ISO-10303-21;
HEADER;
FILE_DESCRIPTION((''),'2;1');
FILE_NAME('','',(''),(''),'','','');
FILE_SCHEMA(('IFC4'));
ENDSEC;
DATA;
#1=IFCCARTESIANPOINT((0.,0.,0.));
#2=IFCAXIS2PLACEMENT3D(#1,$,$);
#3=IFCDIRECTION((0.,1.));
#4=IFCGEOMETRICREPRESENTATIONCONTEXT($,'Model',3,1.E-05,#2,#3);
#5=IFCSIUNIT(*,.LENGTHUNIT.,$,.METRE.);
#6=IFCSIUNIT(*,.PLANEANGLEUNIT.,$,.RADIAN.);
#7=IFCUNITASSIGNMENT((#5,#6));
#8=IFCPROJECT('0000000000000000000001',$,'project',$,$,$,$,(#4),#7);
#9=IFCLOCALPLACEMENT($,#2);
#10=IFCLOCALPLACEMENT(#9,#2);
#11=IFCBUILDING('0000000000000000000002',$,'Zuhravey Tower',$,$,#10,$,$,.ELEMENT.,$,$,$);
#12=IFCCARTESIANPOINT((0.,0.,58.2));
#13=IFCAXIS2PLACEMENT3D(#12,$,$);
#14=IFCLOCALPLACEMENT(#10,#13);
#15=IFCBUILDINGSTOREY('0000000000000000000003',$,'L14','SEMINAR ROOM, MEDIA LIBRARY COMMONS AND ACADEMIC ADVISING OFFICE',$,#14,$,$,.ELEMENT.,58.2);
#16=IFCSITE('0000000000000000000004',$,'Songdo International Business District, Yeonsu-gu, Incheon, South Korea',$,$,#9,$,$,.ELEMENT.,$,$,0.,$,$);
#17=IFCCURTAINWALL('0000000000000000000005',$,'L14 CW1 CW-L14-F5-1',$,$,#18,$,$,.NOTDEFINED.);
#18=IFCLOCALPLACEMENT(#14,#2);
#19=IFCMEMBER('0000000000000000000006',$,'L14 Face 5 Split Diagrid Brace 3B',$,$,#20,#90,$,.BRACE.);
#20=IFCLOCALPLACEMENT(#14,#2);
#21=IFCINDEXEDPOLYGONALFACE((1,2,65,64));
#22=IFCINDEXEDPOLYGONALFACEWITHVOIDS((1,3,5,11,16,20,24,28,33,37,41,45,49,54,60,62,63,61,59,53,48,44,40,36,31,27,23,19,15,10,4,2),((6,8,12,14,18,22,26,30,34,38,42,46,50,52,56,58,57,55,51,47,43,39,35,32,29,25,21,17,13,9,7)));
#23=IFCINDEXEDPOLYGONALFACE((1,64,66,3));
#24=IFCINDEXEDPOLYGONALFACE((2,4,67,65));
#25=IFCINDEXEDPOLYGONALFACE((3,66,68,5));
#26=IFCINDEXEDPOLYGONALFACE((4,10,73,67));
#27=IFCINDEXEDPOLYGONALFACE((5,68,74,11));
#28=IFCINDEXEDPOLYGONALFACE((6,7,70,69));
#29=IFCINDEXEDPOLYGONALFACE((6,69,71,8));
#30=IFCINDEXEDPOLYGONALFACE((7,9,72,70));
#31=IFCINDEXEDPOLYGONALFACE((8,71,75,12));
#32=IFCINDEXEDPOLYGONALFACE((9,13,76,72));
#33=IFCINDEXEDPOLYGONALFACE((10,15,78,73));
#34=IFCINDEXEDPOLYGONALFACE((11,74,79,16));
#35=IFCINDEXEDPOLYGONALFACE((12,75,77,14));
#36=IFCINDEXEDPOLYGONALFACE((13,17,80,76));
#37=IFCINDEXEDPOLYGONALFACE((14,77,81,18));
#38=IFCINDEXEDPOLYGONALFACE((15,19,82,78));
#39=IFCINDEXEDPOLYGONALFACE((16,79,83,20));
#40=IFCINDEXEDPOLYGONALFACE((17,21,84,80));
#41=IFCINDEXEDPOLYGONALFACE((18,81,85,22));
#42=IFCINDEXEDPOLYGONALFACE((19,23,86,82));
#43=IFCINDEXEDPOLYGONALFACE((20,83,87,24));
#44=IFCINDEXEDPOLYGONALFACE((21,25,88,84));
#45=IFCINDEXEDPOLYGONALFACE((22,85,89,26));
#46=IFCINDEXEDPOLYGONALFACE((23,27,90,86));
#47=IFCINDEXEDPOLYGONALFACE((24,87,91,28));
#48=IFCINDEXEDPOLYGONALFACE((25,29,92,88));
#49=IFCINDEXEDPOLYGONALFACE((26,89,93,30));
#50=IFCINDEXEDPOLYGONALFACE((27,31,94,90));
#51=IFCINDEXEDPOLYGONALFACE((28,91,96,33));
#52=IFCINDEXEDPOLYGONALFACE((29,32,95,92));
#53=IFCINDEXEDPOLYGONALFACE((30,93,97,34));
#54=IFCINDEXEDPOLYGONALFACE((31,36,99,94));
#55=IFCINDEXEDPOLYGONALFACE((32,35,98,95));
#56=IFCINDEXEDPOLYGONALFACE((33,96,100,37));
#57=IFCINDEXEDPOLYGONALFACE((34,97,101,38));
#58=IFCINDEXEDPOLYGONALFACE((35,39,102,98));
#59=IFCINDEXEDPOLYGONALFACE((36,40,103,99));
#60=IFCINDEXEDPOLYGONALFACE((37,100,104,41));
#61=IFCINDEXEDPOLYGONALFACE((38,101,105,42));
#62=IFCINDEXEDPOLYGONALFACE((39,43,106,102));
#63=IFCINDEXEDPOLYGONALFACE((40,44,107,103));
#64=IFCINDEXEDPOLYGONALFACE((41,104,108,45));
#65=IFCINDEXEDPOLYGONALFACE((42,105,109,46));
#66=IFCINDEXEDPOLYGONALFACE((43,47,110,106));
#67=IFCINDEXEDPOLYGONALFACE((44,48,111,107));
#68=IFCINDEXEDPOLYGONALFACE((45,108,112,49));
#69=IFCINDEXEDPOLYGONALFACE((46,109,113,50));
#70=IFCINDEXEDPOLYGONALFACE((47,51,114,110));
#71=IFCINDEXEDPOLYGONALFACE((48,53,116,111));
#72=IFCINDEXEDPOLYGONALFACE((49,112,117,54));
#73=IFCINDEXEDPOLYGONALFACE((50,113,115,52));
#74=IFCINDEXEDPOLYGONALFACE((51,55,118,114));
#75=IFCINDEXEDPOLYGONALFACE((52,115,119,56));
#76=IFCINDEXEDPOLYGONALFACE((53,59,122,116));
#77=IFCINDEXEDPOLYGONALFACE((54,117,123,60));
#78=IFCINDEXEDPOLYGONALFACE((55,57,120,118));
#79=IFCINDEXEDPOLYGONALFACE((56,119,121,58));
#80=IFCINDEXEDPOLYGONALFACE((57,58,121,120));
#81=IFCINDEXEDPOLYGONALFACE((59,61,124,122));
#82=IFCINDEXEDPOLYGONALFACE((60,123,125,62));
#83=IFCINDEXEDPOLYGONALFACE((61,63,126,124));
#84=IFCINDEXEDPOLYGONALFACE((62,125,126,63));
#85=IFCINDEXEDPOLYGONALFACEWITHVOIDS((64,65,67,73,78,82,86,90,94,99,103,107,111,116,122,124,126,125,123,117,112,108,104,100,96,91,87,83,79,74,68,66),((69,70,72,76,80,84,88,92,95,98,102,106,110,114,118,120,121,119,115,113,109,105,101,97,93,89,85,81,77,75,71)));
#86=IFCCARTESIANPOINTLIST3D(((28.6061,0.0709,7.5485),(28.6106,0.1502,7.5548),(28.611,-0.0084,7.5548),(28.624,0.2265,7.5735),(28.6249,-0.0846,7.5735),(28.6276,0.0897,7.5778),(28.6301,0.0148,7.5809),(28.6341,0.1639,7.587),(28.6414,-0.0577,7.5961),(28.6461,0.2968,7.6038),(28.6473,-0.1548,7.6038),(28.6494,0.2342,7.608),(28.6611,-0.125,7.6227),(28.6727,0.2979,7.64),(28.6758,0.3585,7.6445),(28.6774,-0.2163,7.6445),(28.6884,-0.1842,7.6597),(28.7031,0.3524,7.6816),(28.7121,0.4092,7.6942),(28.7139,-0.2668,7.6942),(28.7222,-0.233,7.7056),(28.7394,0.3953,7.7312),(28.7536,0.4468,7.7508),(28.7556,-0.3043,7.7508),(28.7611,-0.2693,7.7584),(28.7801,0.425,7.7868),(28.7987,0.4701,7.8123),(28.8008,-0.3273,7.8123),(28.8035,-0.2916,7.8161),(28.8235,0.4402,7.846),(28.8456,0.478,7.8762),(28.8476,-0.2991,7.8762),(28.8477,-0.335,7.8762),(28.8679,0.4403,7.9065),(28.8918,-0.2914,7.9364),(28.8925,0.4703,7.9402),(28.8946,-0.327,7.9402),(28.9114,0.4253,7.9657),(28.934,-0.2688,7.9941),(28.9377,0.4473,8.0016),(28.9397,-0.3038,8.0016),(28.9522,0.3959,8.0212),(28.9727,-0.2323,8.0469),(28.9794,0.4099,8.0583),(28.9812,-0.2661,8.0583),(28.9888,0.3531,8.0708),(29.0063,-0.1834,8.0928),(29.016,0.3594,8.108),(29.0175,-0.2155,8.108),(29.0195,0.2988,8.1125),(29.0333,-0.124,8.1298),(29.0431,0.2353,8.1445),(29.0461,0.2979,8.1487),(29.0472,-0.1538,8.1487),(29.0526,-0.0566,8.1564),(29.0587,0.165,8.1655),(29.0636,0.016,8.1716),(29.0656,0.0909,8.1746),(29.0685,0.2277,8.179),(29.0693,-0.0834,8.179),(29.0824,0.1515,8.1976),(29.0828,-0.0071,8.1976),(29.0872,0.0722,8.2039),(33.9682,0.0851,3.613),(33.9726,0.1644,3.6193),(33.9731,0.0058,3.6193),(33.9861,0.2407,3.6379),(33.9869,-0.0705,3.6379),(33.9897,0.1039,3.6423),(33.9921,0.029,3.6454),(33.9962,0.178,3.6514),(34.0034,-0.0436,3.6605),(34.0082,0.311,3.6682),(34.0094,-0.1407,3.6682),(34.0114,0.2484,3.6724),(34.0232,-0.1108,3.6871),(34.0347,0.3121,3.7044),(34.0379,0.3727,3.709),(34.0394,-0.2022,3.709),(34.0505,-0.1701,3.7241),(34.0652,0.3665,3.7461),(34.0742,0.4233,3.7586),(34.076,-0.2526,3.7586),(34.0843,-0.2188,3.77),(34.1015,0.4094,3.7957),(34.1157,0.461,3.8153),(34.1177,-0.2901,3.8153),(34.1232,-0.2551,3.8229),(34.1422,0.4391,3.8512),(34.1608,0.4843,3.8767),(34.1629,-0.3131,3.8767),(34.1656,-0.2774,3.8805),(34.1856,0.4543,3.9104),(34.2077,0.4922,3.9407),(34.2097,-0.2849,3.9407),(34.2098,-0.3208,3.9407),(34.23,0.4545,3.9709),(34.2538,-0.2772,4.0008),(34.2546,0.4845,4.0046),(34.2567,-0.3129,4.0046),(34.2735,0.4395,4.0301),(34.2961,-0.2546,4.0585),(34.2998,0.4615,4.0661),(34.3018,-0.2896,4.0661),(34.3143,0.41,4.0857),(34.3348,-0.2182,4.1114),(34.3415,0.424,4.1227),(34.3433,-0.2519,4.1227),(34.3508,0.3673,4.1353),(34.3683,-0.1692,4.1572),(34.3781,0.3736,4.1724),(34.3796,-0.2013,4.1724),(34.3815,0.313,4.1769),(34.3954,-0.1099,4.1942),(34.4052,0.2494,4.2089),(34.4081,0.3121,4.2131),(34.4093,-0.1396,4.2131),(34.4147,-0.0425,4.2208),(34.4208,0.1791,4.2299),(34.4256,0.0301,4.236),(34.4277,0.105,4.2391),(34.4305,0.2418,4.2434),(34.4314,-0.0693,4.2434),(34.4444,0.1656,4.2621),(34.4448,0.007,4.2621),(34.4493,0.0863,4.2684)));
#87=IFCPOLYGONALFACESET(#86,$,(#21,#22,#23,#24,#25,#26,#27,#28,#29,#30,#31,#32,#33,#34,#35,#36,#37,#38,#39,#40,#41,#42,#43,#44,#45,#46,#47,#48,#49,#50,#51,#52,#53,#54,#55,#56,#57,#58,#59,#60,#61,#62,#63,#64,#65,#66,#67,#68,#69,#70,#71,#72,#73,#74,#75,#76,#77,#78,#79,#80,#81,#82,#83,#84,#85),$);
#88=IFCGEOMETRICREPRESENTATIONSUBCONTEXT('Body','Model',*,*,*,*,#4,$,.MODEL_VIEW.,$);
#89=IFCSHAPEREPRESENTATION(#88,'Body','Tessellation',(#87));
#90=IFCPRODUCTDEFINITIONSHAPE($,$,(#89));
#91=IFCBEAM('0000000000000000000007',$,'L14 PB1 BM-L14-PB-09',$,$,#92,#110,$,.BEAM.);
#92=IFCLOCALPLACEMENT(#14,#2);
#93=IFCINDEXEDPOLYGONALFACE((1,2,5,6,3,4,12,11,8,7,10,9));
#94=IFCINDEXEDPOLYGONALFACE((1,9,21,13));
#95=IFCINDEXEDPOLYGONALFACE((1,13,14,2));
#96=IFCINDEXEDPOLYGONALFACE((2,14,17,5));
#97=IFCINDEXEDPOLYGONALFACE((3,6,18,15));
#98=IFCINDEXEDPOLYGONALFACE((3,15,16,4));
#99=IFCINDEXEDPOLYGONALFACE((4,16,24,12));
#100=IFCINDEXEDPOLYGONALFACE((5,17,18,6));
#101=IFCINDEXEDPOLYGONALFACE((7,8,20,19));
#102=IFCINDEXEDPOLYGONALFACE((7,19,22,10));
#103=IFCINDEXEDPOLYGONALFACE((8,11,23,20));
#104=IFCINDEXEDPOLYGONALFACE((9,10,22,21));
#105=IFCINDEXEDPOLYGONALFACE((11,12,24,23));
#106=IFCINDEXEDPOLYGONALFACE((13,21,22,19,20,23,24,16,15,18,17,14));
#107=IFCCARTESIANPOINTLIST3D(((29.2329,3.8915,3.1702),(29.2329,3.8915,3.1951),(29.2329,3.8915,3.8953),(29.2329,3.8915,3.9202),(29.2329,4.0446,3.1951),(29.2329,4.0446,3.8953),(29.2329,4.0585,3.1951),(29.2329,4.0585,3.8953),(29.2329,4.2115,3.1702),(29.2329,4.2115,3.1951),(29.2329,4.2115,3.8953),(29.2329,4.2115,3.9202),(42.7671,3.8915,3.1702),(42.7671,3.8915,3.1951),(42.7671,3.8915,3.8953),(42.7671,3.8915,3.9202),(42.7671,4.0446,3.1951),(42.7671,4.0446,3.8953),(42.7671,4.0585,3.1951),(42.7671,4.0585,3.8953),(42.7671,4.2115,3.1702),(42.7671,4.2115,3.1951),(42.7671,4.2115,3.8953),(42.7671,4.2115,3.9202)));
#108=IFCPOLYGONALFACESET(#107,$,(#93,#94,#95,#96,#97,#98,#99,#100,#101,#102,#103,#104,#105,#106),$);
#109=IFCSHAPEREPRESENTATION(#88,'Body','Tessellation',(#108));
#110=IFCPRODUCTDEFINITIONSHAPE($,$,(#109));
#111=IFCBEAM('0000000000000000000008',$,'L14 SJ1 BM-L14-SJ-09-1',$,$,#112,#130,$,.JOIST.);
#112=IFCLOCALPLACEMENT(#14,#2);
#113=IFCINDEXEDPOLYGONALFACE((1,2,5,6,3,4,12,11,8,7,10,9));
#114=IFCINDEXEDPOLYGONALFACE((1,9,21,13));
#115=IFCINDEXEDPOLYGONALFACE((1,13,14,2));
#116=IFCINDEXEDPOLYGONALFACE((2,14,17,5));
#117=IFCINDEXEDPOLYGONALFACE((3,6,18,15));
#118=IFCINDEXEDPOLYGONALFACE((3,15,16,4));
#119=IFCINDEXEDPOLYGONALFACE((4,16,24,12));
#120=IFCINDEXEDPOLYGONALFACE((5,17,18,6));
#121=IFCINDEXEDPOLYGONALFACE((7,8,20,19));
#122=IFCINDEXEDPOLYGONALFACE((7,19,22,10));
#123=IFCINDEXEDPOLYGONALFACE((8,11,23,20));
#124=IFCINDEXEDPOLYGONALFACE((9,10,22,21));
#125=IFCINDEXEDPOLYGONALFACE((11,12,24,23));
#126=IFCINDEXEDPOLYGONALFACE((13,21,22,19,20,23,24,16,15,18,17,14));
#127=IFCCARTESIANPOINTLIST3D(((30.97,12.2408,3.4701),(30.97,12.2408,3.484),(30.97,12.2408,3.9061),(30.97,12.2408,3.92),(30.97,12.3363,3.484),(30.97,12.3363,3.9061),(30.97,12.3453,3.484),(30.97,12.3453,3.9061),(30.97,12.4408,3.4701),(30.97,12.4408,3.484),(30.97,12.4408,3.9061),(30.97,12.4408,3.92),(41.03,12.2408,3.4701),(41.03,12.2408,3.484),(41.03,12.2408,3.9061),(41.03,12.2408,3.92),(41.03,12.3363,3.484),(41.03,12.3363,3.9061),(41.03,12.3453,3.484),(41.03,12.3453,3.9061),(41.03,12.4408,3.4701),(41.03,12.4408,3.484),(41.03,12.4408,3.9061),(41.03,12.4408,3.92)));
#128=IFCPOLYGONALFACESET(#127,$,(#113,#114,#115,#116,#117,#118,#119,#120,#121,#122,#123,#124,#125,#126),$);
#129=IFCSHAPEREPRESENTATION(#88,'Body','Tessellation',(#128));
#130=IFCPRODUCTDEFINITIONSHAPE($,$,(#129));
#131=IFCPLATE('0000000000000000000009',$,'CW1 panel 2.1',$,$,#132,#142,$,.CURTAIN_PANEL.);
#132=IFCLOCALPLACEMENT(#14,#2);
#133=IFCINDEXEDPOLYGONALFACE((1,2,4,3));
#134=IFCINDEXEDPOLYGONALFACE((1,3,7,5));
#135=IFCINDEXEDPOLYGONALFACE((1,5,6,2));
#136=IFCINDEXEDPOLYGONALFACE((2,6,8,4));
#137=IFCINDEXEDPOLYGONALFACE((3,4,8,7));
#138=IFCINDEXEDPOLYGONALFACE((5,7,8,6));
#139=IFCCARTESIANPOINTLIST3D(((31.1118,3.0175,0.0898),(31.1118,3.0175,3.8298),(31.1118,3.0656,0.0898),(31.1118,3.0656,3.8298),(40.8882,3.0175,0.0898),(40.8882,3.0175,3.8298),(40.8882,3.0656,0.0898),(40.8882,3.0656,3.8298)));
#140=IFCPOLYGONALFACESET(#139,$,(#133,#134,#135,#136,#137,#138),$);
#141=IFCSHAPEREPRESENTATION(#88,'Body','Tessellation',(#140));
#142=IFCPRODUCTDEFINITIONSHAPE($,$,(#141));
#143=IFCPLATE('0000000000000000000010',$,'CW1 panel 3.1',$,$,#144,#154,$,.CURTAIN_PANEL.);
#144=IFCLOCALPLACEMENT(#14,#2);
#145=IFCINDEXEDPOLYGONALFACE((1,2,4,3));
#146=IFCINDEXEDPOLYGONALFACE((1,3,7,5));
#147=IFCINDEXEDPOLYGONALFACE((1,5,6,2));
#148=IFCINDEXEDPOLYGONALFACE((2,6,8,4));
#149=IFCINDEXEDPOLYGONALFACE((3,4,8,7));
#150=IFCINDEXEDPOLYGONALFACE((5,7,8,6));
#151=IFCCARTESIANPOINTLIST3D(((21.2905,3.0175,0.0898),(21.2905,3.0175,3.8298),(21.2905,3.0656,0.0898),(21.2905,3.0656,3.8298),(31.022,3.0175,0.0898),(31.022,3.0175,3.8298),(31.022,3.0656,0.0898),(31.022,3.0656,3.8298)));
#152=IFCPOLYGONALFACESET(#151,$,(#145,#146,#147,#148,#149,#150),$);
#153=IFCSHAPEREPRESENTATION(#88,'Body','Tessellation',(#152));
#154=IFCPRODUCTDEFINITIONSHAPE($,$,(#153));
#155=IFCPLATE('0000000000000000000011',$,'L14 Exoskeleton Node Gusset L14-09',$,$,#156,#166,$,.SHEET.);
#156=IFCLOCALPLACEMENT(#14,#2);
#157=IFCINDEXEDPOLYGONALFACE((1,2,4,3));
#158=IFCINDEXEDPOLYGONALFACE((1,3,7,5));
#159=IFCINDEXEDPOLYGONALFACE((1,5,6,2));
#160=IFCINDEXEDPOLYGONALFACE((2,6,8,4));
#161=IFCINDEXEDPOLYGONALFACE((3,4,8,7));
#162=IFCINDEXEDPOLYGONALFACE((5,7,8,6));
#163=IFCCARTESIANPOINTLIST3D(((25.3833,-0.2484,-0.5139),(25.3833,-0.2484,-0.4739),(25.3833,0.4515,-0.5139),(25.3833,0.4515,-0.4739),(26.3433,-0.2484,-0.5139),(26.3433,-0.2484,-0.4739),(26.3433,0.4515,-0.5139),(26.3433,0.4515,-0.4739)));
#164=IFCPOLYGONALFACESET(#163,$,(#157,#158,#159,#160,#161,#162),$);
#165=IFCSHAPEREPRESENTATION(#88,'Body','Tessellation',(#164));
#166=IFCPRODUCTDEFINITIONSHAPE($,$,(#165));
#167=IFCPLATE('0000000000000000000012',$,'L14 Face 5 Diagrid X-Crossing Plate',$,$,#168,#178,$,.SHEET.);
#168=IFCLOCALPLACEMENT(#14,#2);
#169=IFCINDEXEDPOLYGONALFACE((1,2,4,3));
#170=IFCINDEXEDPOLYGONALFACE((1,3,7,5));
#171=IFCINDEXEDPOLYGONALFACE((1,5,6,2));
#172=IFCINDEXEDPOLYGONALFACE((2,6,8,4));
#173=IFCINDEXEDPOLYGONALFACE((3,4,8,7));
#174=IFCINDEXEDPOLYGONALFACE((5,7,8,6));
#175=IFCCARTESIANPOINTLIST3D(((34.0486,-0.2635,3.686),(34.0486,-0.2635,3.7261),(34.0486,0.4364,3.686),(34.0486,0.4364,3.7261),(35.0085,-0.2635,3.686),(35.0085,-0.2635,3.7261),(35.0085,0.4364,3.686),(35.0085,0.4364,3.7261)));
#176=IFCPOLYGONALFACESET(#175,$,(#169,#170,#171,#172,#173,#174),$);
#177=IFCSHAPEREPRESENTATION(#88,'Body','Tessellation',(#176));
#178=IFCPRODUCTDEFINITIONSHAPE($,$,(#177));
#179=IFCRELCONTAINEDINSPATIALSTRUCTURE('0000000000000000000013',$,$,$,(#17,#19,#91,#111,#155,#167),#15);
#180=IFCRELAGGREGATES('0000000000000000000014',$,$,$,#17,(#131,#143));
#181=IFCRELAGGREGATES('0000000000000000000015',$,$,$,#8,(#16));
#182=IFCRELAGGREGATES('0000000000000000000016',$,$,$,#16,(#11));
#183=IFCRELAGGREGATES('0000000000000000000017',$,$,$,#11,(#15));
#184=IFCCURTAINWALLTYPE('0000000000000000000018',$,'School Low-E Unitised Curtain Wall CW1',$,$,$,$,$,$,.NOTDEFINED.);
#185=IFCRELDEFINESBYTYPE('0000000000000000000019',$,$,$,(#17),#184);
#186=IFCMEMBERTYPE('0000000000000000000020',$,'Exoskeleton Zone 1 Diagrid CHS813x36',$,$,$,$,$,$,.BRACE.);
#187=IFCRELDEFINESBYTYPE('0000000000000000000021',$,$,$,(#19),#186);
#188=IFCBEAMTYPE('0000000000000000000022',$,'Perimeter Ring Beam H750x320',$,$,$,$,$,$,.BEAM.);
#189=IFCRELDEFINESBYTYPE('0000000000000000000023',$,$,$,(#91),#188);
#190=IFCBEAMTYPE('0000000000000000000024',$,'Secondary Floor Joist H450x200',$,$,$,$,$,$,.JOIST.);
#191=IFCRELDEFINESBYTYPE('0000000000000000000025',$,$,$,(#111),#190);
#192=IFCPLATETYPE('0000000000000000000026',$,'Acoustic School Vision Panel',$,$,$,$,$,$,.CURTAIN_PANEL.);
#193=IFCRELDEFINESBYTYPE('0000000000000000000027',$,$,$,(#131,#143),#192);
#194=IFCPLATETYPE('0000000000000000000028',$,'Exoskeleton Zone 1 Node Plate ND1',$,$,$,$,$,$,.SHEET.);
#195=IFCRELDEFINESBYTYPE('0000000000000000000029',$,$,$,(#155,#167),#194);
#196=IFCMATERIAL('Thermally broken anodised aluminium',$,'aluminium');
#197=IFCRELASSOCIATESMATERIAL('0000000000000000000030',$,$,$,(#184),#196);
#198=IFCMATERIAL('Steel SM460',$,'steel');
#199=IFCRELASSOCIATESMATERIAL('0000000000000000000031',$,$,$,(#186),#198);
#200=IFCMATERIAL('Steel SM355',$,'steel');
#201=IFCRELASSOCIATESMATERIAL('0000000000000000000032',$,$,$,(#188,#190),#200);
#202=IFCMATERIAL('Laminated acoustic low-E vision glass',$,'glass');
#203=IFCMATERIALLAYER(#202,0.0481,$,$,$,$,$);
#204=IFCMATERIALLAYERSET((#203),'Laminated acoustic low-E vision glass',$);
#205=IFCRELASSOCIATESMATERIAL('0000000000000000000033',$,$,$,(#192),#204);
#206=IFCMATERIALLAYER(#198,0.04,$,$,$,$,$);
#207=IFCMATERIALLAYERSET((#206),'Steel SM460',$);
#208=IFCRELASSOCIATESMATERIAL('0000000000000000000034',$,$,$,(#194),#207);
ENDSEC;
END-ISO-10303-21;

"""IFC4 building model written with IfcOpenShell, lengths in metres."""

from ifc_helpers import new_model, si_unit, direction, frame, origin, origin_2d, place, context, subcontext, project, spatial, rectangle, hollow_circle, i_section, extrude, material, layer, layer_set, material_profile, profile_set, type_object, element, aggregate, save


model = new_model("IFC4")

# Units and contexts
model_context = context("Model", 3, precision=1e-05, world=origin(), true_north=direction((0.0, 1.0)))
body_context = subcontext(model_context, "Body", "Model", "MODEL_VIEW")
ifc_project = project(units=[si_unit("LENGTHUNIT", "METRE"), si_unit("PLANEANGLEUNIT", "RADIAN")], contexts=[model_context])

# Site, building, storey
site_placement = place(None, origin())
site = spatial("IfcSite", under=ifc_project, at=site_placement, Name="Songdo International Business District, Yeonsu-gu, Incheon, South Korea", CompositionType="ELEMENT", RefElevation=0.0)
building_placement = place(site_placement, origin())
building = spatial("IfcBuilding", under=site, at=building_placement, Name="Zuhravey Tower", CompositionType="ELEMENT")
storey_placement = place(building_placement, frame((0.0, 0.0, 58.2)))
storey = spatial("IfcBuildingStorey", under=building, at=storey_placement, Name="L14", Description="SEMINAR ROOM, MEDIA LIBRARY COMMONS AND ACADEMIC ADVISING OFFICE", CompositionType="ELEMENT", Elevation=58.2)

# Curtain wall
ifc_material_1 = material(Name="Thermally broken anodised aluminium", Category="aluminium")
curtain_wall_type = type_object("IfcCurtainWallType", Name="School Low-E Unitised Curtain Wall CW1", PredefinedType="NOTDEFINED", material=ifc_material_1)
curtain_wall_placement = place(storey_placement, origin())
curtain_wall = element("IfcCurtainWall", 1, at=curtain_wall_placement, inside=storey, type_object=curtain_wall_type, Name="L14 CW1 CW-L14-F5-1", PredefinedType="NOTDEFINED")

# Member
ifc_material_2 = material(Name="Steel SM355", Category="steel")
ifc_material_3 = material(Name="Steel SM460", Category="steel")
ifc_material_profile_1 = material_profile(ifc_material_3, hollow_circle(Radius=0.4065, WallThickness=0.0359, at=origin_2d()), Name="CHS-812.8x36")
ifc_profile_set_1 = profile_set([ifc_material_profile_1], Name="Steel SM460")
member_type_1 = type_object("IfcMemberType", Name="Exoskeleton Zone 1 Diagrid CHS813x36", PredefinedType="BRACE", material=ifc_profile_set_1)
member_1_placement = place(storey_placement, frame((34.2087, 0.0857, 3.9407), z_axis=(-0.806162, -0.002129, 0.591692), x_axis=(0.002641, -0.999997, 0.0)))
element("IfcMember", 2, at=member_1_placement, inside=storey, type_object=member_type_1, Name="L14 Face 5 Split Diagrid Brace 3B", PredefinedType="BRACE", context=body_context, shape_type="SweptSolid", body=[
    extrude(hollow_circle(Radius=0.4065, WallThickness=0.0359, at=origin_2d()), origin(), (0.0, 0.0, 1.0), 6.6514),
])

# Beams
ifc_material_profile_2 = material_profile(ifc_material_2, i_section(OverallWidth=0.3201, OverallDepth=0.75, WebThickness=0.0139, FlangeThickness=0.0249, at=origin_2d()), Name="H-750x320x14x25")
ifc_profile_set_2 = profile_set([ifc_material_profile_2], Name="Steel SM355")
beam_type_1 = type_object("IfcBeamType", Name="Perimeter Ring Beam H750x320", PredefinedType="BEAM", material=ifc_profile_set_2)
beam_1_placement = place(storey_placement, frame((29.2329, 4.0515, 3.5452), z_axis=(1.0, 0.0, 0.0), x_axis=(0.0, 1.0, 0.0)))
element("IfcBeam", 3, at=beam_1_placement, inside=storey, type_object=beam_type_1, Name="L14 PB1 BM-L14-PB-09", PredefinedType="BEAM", context=body_context, shape_type="SweptSolid", body=[
    extrude(i_section(OverallWidth=0.3201, OverallDepth=0.75, WebThickness=0.0139, FlangeThickness=0.0249, at=origin_2d()), origin(), (0.0, 0.0, 1.0), 13.5342),
])
ifc_material_profile_3 = material_profile(ifc_material_2, i_section(OverallWidth=0.2, OverallDepth=0.45, WebThickness=0.009, FlangeThickness=0.0139, at=origin_2d()), Name="H-450x200x9x14")
ifc_profile_set_3 = profile_set([ifc_material_profile_3], Name="Steel SM355")
beam_type_2 = type_object("IfcBeamType", Name="Secondary Floor Joist H450x200", PredefinedType="JOIST", material=ifc_profile_set_3)
beam_2_placement = place(storey_placement, frame((30.97, 12.3408, 3.6951), z_axis=(1.0, 0.0, 0.0), x_axis=(0.0, 1.0, 0.0)))
element("IfcBeam", 4, at=beam_2_placement, inside=storey, type_object=beam_type_2, Name="L14 SJ1 BM-L14-SJ-09-1", PredefinedType="JOIST", context=body_context, shape_type="SweptSolid", body=[
    extrude(i_section(OverallWidth=0.2, OverallDepth=0.45, WebThickness=0.009, FlangeThickness=0.0139, at=origin_2d()), origin(), (0.0, 0.0, 1.0), 10.0601),
])

# Plates
ifc_material_4 = material(Name="Laminated acoustic low-E vision glass", Category="glass")
ifc_layer_1 = layer(ifc_material_4, 0.0481)
ifc_layer_set_1 = layer_set([ifc_layer_1], Name="Laminated acoustic low-E vision glass")
plate_type_1 = type_object("IfcPlateType", Name="Acoustic School Vision Panel", PredefinedType="CURTAIN_PANEL", material=ifc_layer_set_1)
plate_1_placement = place(storey_placement, frame((36.0, 3.0415, 0.0898), z_axis=(0.0, 0.0, 1.0), x_axis=(-1.0, 0.0, 0.0)))
plate_1 = element("IfcPlate", 5, at=plate_1_placement, type_object=plate_type_1, Name="CW1 panel 2.1", PredefinedType="CURTAIN_PANEL", context=body_context, shape_type="SweptSolid", body=[
    extrude(rectangle(XDim=9.7764, YDim=0.0481, at=origin_2d()), origin(), (0.0, 0.0, 1.0), 3.74),
])
plate_2_placement = place(storey_placement, frame((26.1562, 3.0415, 0.0898), z_axis=(0.0, 0.0, 1.0), x_axis=(-1.0, 0.0, 0.0)))
plate_2 = element("IfcPlate", 6, at=plate_2_placement, type_object=plate_type_1, Name="CW1 panel 3.1", PredefinedType="CURTAIN_PANEL", context=body_context, shape_type="SweptSolid", body=[
    extrude(rectangle(XDim=9.7314, YDim=0.0481, at=origin_2d()), origin(), (0.0, 0.0, 1.0), 3.74),
])
aggregate(curtain_wall, [plate_1, plate_2])

# Plates
ifc_layer_2 = layer(ifc_material_3, 0.04)
ifc_layer_set_2 = layer_set([ifc_layer_2], Name="Steel SM460")
plate_type_2 = type_object("IfcPlateType", Name="Exoskeleton Zone 1 Node Plate ND1", PredefinedType="SHEET", material=ifc_layer_set_2)
for number, where, z_axis, x_axis, name in (
    (7, (25.8633, 0.1016, -0.5139), (0.0, 0.0, 1.0), (1.0, 0.0, 0.0), "L14 Exoskeleton Node Gusset L14-09"),
    (8, (34.5286, 0.0864, 3.686), (0.0, 0.0, 1.0), (1.0, 0.0, 0.0), "L14 Face 5 Diagrid X-Crossing Plate"),
):
    element("IfcPlate", number, at=place(storey_placement, frame(where, z_axis=z_axis, x_axis=x_axis)), inside=storey, type_object=plate_type_2, Name=name, PredefinedType="SHEET", context=body_context, shape_type="SweptSolid", body=[
        extrude(rectangle(XDim=0.96, YDim=0.7, at=origin_2d()), origin(), (0.0, 0.0, 1.0), 0.04),
    ])

save(model, "model.ifc")
